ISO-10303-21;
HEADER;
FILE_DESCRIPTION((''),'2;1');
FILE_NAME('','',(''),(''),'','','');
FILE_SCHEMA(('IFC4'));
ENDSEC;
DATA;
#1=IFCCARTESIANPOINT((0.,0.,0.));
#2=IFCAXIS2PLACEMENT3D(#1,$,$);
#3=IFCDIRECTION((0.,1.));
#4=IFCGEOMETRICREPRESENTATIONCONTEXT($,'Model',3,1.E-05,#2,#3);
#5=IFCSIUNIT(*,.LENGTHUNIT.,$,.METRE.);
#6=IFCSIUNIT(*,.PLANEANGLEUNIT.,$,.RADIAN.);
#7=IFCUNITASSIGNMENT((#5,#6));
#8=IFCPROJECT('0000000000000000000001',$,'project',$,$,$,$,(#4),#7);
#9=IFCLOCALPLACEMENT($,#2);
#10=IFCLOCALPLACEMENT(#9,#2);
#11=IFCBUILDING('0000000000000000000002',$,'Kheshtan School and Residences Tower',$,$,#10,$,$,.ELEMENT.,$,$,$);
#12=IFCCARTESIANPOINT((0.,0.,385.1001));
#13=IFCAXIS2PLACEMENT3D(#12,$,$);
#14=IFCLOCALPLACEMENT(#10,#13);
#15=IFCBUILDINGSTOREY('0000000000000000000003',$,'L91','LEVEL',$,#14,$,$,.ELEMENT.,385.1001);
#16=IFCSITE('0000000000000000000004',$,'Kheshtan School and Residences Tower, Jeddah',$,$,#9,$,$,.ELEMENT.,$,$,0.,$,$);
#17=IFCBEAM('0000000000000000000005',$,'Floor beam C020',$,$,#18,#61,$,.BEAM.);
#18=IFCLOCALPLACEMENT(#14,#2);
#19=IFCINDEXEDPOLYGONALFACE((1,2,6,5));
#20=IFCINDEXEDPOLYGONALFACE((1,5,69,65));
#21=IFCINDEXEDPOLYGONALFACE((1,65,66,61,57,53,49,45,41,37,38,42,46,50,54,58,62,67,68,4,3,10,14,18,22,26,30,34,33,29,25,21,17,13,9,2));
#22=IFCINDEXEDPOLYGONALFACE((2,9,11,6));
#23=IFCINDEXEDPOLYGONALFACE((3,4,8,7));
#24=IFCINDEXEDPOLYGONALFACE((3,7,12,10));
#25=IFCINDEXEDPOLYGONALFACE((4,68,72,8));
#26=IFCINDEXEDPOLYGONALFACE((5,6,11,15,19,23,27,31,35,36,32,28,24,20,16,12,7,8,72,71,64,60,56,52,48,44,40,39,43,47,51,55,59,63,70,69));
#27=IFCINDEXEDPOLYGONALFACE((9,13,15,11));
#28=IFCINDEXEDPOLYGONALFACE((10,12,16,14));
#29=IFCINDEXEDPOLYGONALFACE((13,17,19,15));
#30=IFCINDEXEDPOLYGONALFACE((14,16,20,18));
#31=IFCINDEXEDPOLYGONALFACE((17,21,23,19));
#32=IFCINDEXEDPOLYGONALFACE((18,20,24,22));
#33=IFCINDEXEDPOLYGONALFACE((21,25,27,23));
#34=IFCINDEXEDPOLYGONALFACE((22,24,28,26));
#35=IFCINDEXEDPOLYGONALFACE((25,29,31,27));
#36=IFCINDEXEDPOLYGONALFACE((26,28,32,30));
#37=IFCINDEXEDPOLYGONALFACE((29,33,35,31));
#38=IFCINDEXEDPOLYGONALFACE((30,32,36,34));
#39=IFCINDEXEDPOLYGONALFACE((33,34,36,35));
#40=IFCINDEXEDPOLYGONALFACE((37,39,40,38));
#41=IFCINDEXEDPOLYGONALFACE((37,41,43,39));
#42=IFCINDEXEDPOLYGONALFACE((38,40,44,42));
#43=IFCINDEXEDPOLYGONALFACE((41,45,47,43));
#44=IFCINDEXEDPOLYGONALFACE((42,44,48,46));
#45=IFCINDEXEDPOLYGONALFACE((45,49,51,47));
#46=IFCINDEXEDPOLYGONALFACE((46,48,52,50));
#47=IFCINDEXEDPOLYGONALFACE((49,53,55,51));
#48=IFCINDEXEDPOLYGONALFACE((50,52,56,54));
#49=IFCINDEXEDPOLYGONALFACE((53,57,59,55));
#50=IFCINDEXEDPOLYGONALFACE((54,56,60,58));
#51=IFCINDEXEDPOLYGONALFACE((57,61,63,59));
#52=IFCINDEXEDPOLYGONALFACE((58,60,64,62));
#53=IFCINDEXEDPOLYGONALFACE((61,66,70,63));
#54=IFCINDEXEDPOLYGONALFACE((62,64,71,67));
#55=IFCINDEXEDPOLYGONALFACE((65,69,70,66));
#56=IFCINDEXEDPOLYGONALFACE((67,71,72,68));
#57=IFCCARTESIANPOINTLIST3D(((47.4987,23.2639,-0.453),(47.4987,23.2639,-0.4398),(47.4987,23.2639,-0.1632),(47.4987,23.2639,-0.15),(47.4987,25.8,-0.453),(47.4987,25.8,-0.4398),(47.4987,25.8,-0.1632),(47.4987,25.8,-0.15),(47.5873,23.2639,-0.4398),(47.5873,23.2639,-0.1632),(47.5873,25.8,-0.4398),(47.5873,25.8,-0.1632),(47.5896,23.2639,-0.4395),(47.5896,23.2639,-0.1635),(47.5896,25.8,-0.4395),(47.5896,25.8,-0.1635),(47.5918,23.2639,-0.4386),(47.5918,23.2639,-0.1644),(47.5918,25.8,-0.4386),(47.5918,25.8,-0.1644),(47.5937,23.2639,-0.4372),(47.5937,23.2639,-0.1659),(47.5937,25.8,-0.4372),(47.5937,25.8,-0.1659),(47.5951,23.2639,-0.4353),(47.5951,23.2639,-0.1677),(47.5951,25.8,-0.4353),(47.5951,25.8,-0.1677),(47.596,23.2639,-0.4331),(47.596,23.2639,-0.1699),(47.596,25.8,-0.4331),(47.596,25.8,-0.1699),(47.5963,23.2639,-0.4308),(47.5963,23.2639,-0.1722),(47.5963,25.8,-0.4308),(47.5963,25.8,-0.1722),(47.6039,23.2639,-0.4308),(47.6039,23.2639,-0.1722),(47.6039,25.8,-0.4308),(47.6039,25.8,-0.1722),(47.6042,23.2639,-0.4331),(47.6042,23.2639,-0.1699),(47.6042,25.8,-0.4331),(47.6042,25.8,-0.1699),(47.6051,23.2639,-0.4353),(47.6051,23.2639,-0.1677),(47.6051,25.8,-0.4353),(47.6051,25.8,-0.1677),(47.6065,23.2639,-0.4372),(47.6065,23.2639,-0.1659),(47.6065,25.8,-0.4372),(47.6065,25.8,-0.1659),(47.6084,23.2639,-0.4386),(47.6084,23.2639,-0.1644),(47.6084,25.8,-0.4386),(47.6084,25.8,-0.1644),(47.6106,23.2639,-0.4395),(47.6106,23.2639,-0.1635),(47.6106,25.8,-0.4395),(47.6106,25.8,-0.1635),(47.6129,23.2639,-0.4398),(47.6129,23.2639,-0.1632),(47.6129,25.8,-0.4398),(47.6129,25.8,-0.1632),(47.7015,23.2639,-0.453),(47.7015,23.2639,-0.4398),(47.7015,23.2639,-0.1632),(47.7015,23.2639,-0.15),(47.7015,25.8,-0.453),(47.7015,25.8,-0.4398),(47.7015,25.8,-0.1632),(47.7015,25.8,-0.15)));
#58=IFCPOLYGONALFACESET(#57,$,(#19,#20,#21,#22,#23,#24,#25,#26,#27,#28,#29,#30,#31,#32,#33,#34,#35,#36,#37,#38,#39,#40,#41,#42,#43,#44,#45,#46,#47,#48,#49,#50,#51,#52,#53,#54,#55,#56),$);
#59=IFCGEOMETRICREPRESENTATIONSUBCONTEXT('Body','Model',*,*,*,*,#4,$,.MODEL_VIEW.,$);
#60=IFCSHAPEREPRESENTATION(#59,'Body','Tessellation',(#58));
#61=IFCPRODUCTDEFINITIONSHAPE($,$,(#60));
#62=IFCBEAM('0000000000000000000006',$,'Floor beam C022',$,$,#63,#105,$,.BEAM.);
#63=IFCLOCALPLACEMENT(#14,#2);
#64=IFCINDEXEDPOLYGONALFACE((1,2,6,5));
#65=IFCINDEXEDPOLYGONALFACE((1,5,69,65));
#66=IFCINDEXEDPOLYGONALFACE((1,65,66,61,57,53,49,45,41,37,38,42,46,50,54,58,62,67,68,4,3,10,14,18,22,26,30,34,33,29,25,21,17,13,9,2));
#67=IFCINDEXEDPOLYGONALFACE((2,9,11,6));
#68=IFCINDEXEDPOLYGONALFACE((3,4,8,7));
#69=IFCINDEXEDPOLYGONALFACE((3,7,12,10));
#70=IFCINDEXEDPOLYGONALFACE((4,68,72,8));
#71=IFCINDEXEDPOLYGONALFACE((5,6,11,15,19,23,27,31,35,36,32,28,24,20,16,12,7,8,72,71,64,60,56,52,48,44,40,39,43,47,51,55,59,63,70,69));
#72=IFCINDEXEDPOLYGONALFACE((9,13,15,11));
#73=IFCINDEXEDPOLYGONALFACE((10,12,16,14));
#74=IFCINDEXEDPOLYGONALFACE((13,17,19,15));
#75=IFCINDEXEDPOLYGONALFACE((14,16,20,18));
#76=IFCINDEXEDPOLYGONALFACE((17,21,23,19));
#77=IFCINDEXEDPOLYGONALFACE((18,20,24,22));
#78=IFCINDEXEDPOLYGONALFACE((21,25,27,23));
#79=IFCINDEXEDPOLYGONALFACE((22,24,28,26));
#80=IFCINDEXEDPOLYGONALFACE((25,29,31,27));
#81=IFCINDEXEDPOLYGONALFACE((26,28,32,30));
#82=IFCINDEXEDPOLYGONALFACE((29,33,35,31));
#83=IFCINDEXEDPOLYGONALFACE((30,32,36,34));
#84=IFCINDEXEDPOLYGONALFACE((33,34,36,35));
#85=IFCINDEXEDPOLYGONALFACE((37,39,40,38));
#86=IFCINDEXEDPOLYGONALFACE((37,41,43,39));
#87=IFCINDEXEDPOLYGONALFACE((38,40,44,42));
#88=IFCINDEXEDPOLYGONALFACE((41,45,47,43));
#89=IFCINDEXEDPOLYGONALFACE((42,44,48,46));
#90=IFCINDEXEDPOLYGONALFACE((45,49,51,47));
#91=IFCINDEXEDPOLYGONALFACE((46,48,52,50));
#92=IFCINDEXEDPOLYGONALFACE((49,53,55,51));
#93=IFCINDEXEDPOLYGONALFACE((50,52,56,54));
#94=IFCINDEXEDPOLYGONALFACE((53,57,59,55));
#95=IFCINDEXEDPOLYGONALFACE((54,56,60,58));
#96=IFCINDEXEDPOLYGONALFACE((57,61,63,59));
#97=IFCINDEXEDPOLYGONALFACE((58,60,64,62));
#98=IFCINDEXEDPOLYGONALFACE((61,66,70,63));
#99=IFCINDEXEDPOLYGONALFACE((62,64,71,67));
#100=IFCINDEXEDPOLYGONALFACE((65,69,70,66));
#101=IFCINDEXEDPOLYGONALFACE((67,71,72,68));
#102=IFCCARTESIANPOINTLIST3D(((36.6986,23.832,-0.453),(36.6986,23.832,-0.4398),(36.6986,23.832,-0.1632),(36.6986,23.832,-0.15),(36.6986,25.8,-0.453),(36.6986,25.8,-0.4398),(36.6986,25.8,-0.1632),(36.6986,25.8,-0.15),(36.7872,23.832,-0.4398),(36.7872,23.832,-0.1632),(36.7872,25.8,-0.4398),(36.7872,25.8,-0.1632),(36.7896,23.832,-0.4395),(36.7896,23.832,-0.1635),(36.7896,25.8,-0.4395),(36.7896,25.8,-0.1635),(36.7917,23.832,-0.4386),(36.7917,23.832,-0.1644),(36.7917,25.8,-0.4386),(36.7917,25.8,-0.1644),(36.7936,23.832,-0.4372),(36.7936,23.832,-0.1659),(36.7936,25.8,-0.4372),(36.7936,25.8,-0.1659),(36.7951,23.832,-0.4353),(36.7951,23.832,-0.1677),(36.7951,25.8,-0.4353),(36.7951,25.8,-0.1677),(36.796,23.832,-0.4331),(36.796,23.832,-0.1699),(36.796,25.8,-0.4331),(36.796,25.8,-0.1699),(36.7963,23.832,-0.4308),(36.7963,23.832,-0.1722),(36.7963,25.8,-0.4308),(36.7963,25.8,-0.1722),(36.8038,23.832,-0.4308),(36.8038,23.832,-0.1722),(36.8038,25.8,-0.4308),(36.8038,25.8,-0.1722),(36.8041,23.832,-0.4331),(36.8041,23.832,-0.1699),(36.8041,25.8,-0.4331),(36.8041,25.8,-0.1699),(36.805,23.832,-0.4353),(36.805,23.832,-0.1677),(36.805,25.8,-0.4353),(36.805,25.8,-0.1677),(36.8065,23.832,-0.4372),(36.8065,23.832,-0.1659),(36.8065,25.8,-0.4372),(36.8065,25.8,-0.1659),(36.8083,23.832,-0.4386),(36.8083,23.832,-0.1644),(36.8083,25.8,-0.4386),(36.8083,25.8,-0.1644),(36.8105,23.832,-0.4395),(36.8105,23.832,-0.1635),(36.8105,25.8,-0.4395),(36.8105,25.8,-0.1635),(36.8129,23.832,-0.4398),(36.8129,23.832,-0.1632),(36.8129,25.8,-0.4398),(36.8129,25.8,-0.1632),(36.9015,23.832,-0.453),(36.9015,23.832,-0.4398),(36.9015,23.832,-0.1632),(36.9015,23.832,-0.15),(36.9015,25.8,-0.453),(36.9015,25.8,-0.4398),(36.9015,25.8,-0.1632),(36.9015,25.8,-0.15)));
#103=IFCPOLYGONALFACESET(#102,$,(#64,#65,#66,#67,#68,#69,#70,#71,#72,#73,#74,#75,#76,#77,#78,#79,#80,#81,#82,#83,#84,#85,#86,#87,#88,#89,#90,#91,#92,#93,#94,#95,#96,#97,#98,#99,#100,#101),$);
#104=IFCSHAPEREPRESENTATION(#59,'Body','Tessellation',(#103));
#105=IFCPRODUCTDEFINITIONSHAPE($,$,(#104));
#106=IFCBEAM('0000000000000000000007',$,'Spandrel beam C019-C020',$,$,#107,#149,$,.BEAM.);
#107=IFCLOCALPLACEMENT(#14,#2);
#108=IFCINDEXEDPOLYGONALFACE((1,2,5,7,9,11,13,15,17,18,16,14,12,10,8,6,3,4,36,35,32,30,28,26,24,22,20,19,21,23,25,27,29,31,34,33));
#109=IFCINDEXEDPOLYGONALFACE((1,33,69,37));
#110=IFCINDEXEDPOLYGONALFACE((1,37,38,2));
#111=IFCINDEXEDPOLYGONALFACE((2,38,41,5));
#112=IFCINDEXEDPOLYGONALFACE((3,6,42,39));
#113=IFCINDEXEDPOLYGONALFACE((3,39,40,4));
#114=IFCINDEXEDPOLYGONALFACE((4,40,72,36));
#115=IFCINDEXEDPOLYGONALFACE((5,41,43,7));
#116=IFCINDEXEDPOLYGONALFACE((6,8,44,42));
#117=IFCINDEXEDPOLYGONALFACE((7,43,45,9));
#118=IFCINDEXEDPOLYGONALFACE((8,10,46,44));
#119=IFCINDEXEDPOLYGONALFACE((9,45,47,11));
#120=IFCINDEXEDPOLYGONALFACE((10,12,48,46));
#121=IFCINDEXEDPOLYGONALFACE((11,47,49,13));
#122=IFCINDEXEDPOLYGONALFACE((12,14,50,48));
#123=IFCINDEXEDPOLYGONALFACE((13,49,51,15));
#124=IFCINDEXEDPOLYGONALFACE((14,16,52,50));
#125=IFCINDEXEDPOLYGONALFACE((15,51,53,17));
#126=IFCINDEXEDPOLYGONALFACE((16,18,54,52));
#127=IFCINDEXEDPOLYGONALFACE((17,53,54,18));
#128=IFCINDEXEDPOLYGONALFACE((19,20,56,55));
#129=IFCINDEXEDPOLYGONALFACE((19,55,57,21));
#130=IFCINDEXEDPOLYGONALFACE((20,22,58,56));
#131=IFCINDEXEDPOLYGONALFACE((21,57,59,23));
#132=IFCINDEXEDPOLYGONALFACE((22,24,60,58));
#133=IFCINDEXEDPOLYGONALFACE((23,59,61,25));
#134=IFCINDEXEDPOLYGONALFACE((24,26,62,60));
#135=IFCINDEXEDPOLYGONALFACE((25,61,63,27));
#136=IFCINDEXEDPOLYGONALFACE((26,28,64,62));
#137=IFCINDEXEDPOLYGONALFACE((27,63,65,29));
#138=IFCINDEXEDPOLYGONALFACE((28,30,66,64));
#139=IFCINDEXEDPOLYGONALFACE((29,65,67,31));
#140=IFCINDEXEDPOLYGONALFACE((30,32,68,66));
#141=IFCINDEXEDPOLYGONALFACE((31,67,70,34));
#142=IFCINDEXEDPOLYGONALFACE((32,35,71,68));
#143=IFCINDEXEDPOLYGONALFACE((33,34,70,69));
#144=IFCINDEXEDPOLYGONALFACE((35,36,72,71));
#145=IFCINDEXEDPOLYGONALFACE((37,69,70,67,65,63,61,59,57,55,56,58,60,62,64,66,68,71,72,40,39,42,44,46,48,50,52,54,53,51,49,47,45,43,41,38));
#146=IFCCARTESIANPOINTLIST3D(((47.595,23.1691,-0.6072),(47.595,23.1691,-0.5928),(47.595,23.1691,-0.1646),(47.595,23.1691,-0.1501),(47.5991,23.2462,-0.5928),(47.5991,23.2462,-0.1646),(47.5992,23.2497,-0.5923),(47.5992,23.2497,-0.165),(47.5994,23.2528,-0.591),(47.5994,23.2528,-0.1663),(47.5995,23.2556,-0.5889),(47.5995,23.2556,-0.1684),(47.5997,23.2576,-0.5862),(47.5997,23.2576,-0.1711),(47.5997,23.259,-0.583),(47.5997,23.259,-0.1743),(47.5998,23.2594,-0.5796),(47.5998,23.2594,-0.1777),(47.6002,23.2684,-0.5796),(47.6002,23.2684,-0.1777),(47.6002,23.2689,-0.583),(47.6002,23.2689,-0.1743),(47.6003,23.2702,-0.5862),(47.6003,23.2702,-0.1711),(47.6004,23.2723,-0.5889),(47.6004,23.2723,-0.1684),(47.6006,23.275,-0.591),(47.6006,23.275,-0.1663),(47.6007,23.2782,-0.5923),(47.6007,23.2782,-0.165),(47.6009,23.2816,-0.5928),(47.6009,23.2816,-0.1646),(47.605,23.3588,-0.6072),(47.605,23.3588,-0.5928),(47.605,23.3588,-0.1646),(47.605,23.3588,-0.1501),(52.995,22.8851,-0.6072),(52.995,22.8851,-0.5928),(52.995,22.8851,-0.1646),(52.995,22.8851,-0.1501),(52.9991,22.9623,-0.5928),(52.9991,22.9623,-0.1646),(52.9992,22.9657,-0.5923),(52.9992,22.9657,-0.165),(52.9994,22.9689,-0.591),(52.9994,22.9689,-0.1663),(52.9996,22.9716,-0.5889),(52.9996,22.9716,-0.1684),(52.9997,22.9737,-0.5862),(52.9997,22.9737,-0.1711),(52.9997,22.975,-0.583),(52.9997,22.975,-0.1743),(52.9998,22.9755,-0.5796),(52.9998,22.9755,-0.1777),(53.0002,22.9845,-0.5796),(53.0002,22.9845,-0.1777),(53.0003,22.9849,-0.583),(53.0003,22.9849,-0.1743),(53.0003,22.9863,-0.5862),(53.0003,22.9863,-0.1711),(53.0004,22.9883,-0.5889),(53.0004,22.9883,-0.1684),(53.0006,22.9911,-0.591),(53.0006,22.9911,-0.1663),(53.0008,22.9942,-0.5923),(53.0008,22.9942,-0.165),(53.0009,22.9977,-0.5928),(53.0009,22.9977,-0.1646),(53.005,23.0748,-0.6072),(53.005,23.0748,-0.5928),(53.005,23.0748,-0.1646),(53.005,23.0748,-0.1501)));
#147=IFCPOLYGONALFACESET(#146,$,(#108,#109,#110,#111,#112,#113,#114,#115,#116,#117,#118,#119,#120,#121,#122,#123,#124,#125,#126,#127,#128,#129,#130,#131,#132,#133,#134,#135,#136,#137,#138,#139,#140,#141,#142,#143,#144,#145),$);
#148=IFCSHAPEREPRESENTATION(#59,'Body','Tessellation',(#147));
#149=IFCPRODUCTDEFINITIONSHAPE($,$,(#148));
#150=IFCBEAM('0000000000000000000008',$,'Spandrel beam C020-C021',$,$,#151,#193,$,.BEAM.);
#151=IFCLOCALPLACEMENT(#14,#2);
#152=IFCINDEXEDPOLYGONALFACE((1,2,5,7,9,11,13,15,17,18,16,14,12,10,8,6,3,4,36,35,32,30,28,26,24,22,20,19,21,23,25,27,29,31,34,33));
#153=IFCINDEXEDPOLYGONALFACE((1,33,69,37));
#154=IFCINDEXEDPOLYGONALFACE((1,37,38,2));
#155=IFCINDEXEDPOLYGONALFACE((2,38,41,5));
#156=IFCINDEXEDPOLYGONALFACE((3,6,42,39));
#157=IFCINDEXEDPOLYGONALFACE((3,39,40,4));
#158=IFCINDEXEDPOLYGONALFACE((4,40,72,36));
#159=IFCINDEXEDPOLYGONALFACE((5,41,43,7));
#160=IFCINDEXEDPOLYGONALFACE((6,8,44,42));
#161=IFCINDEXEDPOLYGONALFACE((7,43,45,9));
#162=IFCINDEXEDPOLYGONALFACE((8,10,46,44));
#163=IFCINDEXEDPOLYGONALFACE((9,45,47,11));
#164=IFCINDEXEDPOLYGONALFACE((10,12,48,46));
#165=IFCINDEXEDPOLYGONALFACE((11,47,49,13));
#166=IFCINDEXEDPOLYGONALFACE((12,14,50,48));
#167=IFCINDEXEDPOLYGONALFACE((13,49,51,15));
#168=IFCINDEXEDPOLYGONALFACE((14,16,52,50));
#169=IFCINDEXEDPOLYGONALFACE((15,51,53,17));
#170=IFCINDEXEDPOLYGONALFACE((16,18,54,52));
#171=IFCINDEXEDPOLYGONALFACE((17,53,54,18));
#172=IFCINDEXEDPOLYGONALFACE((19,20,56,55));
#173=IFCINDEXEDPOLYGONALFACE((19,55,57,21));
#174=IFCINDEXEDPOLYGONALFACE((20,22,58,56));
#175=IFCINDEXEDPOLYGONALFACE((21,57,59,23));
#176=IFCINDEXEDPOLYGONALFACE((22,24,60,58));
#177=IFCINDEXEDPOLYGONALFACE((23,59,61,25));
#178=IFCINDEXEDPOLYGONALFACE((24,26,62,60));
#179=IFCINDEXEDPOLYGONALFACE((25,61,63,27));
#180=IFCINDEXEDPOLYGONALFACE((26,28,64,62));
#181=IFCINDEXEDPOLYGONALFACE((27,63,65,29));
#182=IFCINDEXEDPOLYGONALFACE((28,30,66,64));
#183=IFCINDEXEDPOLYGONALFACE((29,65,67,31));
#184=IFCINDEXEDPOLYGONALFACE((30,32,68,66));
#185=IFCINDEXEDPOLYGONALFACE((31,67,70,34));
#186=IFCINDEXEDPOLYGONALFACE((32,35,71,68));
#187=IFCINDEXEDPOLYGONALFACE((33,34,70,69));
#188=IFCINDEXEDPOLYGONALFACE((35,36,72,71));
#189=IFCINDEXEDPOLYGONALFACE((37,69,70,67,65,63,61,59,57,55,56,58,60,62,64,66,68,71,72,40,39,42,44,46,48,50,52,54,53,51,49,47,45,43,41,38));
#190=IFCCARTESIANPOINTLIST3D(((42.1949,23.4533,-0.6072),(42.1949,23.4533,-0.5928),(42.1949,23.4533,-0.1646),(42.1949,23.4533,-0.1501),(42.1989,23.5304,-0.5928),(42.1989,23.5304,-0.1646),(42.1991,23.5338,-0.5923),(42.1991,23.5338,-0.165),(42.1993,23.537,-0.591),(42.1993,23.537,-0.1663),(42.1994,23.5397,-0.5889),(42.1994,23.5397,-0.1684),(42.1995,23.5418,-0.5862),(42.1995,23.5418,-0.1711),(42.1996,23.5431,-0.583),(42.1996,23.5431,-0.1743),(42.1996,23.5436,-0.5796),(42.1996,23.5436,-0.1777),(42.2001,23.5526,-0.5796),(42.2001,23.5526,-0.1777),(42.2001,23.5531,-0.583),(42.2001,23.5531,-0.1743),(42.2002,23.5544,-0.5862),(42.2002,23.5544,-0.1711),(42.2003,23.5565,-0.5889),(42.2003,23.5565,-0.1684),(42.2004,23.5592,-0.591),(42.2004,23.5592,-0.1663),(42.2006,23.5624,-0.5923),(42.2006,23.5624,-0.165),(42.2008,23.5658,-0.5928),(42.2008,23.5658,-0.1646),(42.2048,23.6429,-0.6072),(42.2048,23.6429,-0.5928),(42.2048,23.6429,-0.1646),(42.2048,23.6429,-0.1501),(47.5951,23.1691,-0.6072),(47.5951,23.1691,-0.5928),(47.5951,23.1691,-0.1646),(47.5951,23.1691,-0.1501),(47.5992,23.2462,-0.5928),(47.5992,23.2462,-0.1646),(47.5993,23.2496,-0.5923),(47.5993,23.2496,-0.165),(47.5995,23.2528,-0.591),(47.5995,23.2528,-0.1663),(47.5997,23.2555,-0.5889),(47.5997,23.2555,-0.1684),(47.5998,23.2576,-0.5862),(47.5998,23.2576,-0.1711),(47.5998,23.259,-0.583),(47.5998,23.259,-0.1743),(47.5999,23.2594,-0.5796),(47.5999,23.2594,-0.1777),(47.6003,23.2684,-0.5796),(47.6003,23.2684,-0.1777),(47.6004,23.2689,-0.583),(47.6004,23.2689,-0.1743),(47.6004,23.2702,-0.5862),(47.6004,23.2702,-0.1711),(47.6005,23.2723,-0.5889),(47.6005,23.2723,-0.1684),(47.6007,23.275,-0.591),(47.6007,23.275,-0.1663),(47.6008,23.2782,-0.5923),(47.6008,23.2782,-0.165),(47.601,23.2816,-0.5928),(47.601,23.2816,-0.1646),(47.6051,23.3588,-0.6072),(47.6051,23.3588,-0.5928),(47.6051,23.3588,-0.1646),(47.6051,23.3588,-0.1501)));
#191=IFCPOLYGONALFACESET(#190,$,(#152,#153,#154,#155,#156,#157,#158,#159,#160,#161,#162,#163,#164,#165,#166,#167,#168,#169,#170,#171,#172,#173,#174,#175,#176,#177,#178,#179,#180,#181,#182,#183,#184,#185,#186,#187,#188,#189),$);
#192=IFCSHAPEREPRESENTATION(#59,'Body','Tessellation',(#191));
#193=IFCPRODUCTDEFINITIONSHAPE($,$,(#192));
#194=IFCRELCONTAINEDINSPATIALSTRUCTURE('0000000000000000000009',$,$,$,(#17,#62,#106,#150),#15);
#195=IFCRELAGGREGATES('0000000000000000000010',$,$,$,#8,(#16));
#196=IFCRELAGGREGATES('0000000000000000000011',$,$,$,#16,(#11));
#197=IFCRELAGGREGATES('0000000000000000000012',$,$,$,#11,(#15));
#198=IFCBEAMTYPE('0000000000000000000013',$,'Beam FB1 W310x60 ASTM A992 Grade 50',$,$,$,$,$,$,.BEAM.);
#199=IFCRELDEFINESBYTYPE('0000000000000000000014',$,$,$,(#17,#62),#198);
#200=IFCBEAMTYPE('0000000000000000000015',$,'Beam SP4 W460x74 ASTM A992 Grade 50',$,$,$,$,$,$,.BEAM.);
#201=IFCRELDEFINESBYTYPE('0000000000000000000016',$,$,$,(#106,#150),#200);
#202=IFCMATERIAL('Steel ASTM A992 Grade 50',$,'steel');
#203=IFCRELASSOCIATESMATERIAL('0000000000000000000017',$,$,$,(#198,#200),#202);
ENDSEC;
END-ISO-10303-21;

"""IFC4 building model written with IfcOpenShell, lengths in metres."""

from ifc_helpers import new_model, si_unit, direction, frame, origin, origin_2d, place, context, subcontext, project, spatial, i_section, extrude, material, material_profile, profile_set, type_object, element, save


model = new_model("IFC4")

# Units and contexts
model_context = context("Model", 3, precision=1e-05, world=origin(), true_north=direction((0.0, 1.0)))
body_context = subcontext(model_context, "Body", "Model", "MODEL_VIEW")
ifc_project = project(units=[si_unit("LENGTHUNIT", "METRE"), si_unit("PLANEANGLEUNIT", "RADIAN")], contexts=[model_context])

# Site, building, storey
site_placement = place(None, origin())
site = spatial("IfcSite", under=ifc_project, at=site_placement, Name="Kheshtan School and Residences Tower, Jeddah", CompositionType="ELEMENT", RefElevation=0.0)
building_placement = place(site_placement, origin())
building = spatial("IfcBuilding", under=site, at=building_placement, Name="Kheshtan School and Residences Tower", CompositionType="ELEMENT")
storey_placement = place(building_placement, frame((0.0, 0.0, 385.1001)))
storey = spatial("IfcBuildingStorey", under=building, at=storey_placement, Name="L91", Description="LEVEL", CompositionType="ELEMENT", Elevation=385.1001)

# Shared definitions
ifc_material_1 = material(Name="Steel ASTM A992 Grade 50", Category="steel")

# Beams
ifc_material_profile_1 = material_profile(ifc_material_1, i_section(OverallWidth=0.2029, OverallDepth=0.303, WebThickness=0.0076, FlangeThickness=0.0132, FilletRadius=0.009, at=origin_2d()), Name="W310x60")
ifc_profile_set_1 = profile_set([ifc_material_profile_1], Name="Steel ASTM A992 Grade 50")
beam_type_1 = type_object("IfcBeamType", Name="Beam FB1 W310x60 ASTM A992 Grade 50", PredefinedType="BEAM", material=ifc_profile_set_1)
beam_1_placement = place(storey_placement, frame((47.6001, 23.2639, -0.3015), z_axis=(0.0, 1.0, 0.0), x_axis=(-1.0, 0.0, 0.0)))
element("IfcBeam", 1, at=beam_1_placement, inside=storey, type_object=beam_type_1, Name="Floor beam C020", PredefinedType="BEAM", context=body_context, shape_type="SweptSolid", body=[
    extrude(i_section(OverallWidth=0.2029, OverallDepth=0.303, WebThickness=0.0076, FlangeThickness=0.0132, FilletRadius=0.009, at=origin_2d()), origin(), (0.0, 0.0, 1.0), 2.5361),
])
beam_2_placement = place(storey_placement, frame((36.8, 23.832, -0.3015), z_axis=(0.0, 1.0, 0.0), x_axis=(-1.0, 0.0, 0.0)))
element("IfcBeam", 2, at=beam_2_placement, inside=storey, type_object=beam_type_1, Name="Floor beam C022", PredefinedType="BEAM", context=body_context, shape_type="SweptSolid", body=[
    extrude(i_section(OverallWidth=0.2029, OverallDepth=0.303, WebThickness=0.0076, FlangeThickness=0.0132, FilletRadius=0.009, at=origin_2d()), origin(), (0.0, 0.0, 1.0), 1.968),
])
ifc_material_profile_2 = material_profile(ifc_material_1, i_section(OverallWidth=0.1899, OverallDepth=0.457, WebThickness=0.009, FlangeThickness=0.0144, FilletRadius=0.0132, at=origin_2d()), Name="W460x74")
ifc_profile_set_2 = profile_set([ifc_material_profile_2], Name="Steel ASTM A992 Grade 50")
beam_type_2 = type_object("IfcBeamType", Name="Beam SP4 W460x74 ASTM A992 Grade 50", PredefinedType="BEAM", material=ifc_profile_set_2)
beam_3_placement = place(storey_placement, frame((53.0, 22.98, -0.3787), z_axis=(-0.99862, 0.052509, 0.0), x_axis=(-0.052509, -0.99862, 0.0)))
element("IfcBeam", 3, at=beam_3_placement, inside=storey, type_object=beam_type_2, Name="Spandrel beam C019-C020", PredefinedType="BEAM", context=body_context, shape_type="SweptSolid", body=[
    extrude(i_section(OverallWidth=0.1899, OverallDepth=0.457, WebThickness=0.009, FlangeThickness=0.0144, FilletRadius=0.0132, at=origin_2d()), origin(), (0.0, 0.0, 1.0), 5.4075),
])
beam_4_placement = place(storey_placement, frame((47.6001, 23.2639, -0.3787), z_axis=(-0.998618, 0.052552, 0.0), x_axis=(-0.052552, -0.998618, 0.0)))
element("IfcBeam", 4, at=beam_4_placement, inside=storey, type_object=beam_type_2, Name="Spandrel beam C020-C021", PredefinedType="BEAM", context=body_context, shape_type="SweptSolid", body=[
    extrude(i_section(OverallWidth=0.1899, OverallDepth=0.457, WebThickness=0.009, FlangeThickness=0.0144, FilletRadius=0.0132, at=origin_2d()), origin(), (0.0, 0.0, 1.0), 5.4077),
])

save(model, "model.ifc")
